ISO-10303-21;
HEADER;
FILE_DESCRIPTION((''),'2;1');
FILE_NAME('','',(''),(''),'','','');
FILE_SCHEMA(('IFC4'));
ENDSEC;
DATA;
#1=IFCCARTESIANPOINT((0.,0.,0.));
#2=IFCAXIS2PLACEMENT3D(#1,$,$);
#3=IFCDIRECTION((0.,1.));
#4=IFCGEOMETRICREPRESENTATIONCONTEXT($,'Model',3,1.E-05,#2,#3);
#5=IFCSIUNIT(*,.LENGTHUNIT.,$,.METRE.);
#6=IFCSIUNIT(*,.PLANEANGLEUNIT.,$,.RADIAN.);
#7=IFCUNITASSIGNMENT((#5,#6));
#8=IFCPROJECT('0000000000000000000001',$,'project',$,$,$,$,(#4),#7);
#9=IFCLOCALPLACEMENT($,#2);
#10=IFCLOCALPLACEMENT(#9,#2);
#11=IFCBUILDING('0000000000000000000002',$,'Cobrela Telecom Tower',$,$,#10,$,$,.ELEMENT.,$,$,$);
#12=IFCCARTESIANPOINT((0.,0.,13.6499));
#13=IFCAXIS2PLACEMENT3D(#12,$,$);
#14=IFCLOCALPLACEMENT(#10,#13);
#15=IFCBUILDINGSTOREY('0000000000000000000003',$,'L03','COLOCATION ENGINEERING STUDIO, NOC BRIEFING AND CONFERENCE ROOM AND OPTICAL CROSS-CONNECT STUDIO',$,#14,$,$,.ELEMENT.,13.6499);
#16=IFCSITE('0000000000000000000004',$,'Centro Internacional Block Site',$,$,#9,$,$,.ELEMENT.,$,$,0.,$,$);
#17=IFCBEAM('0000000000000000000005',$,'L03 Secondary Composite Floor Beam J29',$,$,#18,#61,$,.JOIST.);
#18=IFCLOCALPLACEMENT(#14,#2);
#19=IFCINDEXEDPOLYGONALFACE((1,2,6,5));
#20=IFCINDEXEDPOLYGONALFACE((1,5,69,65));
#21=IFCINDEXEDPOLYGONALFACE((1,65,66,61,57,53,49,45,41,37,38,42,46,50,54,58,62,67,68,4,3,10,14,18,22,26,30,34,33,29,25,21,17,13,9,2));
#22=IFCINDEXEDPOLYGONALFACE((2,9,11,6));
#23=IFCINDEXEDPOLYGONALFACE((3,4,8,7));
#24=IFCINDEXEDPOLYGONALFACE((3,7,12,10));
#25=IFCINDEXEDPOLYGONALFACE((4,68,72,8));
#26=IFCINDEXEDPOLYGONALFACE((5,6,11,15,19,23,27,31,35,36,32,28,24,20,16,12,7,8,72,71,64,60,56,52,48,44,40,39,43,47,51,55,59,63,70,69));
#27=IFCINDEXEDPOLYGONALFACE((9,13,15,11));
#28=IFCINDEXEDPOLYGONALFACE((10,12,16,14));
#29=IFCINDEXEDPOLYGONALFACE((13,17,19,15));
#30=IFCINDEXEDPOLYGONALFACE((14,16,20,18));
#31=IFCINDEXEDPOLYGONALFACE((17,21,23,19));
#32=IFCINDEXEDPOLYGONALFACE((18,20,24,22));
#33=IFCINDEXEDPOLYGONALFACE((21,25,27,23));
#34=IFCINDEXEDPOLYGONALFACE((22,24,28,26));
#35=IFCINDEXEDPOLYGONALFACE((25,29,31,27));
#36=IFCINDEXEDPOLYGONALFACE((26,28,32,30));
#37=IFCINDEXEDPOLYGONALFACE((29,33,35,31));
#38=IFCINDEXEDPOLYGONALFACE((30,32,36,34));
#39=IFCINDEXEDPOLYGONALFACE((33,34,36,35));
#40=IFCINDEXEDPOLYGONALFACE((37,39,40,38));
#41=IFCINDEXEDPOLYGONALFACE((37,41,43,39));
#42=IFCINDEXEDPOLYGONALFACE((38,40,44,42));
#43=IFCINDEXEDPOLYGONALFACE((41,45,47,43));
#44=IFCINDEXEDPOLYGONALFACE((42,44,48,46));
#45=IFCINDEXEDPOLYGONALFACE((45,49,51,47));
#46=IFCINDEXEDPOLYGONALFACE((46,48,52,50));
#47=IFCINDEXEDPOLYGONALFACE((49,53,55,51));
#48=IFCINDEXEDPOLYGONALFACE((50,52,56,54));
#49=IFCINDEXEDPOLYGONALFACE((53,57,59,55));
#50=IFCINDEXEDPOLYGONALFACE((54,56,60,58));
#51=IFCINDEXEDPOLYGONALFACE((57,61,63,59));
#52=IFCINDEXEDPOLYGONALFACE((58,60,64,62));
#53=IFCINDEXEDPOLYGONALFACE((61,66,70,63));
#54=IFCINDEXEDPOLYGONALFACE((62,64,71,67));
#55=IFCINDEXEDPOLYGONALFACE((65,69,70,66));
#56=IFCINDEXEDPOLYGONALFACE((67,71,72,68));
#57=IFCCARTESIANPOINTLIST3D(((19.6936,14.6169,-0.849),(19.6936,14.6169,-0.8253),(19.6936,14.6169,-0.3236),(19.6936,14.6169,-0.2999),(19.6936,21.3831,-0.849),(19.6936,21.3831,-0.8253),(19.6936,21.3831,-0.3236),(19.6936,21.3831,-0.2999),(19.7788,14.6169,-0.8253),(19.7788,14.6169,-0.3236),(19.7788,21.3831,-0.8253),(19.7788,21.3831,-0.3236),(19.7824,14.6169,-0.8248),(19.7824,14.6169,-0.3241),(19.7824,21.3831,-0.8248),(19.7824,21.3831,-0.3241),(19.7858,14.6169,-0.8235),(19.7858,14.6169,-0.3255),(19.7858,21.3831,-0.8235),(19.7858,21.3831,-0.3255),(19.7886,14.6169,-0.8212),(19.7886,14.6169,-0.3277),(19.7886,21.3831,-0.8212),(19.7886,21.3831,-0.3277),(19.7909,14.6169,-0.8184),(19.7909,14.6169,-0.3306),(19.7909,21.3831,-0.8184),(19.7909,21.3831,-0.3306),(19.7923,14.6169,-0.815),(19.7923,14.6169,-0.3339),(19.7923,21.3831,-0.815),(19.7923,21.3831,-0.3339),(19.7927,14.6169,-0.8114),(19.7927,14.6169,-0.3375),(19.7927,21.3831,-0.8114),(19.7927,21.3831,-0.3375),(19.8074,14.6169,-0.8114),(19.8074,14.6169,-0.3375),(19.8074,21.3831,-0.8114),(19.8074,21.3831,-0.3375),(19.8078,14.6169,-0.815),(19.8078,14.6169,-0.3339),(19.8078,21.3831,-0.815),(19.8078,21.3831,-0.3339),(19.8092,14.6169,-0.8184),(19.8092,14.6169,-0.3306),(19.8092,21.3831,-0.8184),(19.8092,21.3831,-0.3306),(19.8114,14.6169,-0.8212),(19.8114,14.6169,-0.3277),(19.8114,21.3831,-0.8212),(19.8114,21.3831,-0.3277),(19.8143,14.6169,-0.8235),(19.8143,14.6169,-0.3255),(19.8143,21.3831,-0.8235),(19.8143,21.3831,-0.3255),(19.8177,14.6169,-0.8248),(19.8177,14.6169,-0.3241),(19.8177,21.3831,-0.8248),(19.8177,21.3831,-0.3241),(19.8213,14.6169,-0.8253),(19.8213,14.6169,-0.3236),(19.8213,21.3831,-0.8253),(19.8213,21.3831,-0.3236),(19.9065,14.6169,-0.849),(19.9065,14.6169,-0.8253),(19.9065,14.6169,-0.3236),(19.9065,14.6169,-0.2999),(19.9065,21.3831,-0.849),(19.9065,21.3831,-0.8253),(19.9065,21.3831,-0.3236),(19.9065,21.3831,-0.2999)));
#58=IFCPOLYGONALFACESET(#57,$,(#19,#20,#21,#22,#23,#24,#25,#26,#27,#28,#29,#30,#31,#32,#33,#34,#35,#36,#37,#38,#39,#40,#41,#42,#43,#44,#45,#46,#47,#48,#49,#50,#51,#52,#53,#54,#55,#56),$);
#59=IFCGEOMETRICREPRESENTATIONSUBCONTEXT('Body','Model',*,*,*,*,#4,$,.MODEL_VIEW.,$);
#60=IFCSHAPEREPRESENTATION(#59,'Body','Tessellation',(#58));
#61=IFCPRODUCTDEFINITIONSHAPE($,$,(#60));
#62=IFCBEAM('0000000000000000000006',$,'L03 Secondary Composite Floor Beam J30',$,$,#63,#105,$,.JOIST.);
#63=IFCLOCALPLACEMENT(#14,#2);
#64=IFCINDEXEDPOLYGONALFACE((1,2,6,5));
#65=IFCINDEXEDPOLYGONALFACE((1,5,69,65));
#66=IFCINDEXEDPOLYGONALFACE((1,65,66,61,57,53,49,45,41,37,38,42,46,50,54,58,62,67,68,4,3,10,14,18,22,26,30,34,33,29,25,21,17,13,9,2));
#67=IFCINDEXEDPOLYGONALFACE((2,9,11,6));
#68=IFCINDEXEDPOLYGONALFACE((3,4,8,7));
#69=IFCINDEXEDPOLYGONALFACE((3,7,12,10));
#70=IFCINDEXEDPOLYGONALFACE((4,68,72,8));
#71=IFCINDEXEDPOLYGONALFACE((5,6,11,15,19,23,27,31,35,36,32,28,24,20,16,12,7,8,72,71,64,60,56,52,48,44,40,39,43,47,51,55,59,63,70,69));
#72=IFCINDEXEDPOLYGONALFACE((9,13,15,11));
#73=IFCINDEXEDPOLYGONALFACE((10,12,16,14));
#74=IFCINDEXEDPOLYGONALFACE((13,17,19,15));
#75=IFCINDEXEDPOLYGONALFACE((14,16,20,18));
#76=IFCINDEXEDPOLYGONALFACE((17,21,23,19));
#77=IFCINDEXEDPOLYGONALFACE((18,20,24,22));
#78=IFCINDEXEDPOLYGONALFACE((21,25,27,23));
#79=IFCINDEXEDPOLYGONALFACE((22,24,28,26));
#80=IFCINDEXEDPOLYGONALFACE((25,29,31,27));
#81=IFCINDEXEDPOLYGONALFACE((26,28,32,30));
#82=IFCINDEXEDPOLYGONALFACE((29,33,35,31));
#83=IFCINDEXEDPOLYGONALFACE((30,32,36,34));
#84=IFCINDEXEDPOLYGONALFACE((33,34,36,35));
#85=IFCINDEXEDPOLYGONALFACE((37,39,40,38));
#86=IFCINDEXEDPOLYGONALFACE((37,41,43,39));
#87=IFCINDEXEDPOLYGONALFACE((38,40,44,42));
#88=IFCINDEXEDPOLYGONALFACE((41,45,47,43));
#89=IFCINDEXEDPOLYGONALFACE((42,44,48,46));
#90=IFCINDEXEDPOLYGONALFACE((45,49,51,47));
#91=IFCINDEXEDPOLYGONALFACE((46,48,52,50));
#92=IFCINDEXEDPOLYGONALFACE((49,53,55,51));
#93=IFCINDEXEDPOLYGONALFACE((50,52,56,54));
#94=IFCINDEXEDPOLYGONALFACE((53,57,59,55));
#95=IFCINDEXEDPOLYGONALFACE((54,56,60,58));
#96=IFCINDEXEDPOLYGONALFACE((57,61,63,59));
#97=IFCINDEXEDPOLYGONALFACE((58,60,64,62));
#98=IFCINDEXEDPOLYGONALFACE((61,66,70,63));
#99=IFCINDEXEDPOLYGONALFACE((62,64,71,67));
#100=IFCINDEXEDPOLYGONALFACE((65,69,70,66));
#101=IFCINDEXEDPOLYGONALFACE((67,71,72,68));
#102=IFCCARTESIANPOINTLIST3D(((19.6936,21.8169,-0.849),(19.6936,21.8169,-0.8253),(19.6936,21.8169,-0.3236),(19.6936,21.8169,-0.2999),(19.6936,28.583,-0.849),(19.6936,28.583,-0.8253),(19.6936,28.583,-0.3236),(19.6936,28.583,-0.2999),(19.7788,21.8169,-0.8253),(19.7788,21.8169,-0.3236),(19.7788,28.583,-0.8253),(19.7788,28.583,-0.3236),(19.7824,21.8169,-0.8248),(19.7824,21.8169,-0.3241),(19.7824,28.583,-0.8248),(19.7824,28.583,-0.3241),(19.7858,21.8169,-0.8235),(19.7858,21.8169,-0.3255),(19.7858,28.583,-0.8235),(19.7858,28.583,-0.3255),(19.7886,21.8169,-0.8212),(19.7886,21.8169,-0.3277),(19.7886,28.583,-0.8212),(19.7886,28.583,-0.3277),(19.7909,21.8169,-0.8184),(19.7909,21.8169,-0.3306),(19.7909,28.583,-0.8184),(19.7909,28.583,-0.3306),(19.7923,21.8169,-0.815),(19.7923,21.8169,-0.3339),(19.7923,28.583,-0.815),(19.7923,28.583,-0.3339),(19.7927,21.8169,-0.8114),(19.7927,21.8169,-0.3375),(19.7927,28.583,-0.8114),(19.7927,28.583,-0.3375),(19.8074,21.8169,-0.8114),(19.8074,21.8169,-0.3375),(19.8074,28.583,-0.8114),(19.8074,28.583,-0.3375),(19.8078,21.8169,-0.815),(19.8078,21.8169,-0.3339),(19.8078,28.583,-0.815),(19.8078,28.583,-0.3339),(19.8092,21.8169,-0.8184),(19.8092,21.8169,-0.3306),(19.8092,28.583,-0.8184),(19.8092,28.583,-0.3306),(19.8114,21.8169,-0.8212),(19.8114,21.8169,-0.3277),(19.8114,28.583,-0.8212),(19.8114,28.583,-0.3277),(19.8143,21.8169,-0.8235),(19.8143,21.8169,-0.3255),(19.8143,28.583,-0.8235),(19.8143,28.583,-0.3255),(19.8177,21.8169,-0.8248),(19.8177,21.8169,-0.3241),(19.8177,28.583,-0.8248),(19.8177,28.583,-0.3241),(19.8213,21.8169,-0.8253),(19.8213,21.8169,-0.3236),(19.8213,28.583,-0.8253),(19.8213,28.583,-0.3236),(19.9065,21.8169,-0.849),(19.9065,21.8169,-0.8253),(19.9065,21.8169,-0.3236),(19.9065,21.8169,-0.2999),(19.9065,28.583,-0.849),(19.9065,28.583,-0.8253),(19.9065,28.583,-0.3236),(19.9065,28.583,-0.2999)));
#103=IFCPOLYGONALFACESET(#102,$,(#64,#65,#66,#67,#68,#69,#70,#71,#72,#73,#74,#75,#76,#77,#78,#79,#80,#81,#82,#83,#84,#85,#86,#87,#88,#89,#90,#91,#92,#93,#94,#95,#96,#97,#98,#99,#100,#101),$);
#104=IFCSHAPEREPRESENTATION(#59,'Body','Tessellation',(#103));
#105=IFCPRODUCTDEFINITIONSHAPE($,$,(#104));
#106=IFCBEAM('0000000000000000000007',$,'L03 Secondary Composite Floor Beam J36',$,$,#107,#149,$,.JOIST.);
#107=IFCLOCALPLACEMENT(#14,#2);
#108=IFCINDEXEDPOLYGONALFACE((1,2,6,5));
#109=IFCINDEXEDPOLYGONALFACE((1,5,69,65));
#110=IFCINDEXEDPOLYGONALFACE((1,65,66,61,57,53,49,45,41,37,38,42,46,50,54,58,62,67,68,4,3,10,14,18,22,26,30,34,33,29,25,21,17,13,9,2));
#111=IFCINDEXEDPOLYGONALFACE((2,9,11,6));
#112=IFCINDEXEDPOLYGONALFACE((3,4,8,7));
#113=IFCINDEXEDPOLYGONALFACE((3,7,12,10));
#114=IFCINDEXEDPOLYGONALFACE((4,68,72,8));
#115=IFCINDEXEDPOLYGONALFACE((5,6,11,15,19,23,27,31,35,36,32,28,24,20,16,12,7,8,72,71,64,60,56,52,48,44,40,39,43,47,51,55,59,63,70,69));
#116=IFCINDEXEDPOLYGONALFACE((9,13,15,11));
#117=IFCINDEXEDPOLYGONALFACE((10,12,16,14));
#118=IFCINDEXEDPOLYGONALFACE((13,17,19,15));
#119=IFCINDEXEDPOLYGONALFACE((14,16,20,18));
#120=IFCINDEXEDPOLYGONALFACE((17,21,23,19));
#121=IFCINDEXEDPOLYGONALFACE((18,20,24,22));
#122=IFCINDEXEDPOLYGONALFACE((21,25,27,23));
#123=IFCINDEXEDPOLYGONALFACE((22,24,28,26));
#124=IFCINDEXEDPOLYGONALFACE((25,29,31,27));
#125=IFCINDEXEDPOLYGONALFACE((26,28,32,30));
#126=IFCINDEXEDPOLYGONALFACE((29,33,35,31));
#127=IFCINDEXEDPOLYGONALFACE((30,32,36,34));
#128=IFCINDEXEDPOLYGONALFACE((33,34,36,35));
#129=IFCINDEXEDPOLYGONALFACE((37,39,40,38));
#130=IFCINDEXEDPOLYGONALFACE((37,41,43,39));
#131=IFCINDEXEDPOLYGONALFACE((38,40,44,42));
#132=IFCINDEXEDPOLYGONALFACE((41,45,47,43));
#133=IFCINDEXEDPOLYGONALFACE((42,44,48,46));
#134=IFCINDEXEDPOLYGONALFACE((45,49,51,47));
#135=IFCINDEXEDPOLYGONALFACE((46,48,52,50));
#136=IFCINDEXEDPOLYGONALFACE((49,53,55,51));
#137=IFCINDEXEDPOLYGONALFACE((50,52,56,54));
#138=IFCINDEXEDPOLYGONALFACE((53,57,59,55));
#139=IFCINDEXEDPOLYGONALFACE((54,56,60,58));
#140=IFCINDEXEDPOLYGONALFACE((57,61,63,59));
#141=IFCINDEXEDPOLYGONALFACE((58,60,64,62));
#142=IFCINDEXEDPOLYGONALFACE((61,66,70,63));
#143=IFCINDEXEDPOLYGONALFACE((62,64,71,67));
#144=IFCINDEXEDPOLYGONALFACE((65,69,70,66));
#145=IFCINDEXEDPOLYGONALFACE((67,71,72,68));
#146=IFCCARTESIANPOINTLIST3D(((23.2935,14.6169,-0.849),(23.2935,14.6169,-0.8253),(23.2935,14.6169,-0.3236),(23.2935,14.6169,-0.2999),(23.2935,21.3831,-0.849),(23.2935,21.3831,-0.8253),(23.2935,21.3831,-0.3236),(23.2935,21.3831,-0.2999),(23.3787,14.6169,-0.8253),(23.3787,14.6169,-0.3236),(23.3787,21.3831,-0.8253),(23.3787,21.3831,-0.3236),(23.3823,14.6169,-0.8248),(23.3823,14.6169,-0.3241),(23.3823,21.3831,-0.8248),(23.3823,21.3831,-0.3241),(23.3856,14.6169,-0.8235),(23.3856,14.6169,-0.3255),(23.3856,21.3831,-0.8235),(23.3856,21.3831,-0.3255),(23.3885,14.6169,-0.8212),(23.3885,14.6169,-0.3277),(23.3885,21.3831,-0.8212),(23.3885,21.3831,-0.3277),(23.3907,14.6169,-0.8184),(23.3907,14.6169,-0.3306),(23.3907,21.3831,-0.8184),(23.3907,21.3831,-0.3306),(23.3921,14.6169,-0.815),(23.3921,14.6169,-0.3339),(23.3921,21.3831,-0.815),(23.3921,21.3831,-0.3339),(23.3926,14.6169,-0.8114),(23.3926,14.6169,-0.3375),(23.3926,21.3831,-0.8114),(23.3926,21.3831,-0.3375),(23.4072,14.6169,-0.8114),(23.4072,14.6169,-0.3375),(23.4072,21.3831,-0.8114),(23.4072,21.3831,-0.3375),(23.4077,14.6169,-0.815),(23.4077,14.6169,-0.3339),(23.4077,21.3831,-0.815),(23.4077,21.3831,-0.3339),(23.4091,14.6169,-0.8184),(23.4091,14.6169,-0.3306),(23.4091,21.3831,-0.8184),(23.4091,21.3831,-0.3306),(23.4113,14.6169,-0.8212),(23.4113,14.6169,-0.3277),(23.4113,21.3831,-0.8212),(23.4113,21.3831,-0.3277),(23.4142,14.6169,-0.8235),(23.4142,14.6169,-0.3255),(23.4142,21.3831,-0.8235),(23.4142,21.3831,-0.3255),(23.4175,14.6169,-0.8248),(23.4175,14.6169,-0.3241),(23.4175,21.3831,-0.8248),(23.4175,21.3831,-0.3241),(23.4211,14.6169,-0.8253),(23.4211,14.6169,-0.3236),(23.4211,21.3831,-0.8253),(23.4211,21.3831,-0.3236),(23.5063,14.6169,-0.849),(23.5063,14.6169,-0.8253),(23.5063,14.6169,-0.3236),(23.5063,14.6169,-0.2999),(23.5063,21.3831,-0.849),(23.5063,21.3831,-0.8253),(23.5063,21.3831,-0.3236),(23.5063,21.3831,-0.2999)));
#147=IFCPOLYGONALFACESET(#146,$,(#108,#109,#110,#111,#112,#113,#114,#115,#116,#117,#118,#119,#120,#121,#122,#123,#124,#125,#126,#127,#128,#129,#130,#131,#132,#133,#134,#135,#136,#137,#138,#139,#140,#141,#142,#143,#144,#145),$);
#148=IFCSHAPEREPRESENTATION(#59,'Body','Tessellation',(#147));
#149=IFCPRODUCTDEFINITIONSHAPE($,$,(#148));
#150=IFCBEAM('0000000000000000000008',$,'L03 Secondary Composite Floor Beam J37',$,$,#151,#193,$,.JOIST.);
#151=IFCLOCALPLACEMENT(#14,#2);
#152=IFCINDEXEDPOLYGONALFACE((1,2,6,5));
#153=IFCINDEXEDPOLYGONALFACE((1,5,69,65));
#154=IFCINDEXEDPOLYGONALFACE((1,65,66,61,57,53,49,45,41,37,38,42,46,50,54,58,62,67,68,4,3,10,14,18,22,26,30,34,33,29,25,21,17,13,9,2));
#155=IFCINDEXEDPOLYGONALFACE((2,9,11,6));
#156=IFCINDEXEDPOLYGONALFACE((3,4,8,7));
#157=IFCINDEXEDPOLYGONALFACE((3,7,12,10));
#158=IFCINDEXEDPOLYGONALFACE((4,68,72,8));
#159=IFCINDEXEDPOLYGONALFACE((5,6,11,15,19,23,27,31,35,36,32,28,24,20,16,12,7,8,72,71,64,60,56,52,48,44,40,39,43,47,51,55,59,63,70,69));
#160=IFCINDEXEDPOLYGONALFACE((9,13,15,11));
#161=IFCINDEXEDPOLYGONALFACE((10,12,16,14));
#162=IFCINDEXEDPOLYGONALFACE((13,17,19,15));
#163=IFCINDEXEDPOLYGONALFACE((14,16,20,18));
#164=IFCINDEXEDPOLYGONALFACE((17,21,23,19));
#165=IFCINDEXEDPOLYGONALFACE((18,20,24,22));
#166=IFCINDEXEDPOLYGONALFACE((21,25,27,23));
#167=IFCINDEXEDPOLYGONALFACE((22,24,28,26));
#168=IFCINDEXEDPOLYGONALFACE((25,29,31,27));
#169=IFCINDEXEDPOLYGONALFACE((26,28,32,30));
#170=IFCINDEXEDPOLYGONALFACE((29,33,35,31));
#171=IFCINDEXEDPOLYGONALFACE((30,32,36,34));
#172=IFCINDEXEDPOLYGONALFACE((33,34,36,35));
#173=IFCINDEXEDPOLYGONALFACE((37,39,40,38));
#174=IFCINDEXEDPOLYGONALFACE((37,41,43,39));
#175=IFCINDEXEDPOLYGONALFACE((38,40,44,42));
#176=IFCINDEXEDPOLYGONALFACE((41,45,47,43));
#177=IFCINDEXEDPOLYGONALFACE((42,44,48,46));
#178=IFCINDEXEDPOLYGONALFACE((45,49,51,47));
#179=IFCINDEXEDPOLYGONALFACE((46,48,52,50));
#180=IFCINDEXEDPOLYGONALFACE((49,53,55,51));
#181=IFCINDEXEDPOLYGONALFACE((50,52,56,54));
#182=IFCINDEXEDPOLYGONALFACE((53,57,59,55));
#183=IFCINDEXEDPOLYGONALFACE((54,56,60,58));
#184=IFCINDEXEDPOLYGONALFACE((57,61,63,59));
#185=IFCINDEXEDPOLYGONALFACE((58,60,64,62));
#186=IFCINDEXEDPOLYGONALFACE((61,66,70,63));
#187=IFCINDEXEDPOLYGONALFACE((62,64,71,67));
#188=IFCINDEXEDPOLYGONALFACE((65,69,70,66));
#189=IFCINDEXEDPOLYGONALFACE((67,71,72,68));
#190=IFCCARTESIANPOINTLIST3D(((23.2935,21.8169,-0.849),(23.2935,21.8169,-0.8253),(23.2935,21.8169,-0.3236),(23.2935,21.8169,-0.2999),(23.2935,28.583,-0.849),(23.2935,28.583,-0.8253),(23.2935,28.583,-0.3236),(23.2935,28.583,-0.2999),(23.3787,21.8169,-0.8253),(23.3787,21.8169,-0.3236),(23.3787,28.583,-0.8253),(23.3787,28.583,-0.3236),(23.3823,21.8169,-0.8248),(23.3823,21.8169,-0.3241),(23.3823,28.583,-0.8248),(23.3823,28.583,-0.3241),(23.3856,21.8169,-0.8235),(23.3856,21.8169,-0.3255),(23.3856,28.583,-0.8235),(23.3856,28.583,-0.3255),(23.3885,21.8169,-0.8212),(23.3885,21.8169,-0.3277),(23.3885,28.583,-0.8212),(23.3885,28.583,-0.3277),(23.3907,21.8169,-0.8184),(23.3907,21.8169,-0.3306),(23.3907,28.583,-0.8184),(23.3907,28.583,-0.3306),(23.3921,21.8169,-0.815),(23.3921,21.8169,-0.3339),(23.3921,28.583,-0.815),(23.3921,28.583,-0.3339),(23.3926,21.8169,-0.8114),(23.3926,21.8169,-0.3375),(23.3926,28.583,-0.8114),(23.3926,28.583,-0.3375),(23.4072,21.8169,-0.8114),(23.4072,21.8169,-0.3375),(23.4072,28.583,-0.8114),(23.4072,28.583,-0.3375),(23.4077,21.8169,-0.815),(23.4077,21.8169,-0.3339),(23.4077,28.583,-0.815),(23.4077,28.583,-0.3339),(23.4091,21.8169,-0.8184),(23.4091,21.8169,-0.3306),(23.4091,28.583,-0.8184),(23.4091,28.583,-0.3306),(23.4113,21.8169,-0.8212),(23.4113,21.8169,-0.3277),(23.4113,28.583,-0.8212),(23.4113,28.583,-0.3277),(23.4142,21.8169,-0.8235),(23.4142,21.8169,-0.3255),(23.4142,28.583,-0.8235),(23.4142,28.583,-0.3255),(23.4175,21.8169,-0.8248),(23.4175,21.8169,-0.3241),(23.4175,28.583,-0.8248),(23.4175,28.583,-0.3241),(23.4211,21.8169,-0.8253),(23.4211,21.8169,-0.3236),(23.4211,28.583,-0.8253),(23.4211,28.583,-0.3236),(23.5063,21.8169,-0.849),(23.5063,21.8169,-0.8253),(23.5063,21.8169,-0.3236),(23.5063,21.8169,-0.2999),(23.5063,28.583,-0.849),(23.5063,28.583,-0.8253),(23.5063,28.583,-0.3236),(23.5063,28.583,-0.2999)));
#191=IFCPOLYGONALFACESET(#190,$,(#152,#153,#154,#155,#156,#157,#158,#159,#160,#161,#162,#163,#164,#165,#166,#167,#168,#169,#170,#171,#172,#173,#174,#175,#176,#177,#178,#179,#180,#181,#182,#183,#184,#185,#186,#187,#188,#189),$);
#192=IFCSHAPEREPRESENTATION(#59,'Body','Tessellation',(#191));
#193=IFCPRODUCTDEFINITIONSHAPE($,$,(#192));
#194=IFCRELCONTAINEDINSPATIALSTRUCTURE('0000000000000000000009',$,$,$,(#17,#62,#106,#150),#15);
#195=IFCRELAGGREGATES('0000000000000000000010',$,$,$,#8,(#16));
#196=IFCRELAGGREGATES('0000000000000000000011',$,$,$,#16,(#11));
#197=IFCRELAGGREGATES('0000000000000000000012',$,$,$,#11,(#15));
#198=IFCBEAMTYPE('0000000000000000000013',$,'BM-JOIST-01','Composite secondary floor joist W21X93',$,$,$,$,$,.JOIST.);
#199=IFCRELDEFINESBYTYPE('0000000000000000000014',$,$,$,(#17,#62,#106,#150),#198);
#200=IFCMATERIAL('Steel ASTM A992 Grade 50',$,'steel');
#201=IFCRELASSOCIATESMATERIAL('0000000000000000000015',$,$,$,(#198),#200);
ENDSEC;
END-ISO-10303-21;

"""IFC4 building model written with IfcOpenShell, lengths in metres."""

from ifc_helpers import new_model, si_unit, direction, frame, origin, origin_2d, place, context, subcontext, project, spatial, i_section, extrude, material, material_profile, profile_set, type_object, element, save


model = new_model("IFC4")

# Units and contexts
model_context = context("Model", 3, precision=1e-05, world=origin(), true_north=direction((0.0, 1.0)))
body_context = subcontext(model_context, "Body", "Model", "MODEL_VIEW")
ifc_project = project(units=[si_unit("LENGTHUNIT", "METRE"), si_unit("PLANEANGLEUNIT", "RADIAN")], contexts=[model_context])

# Site, building, storey
site_placement = place(None, origin())
site = spatial("IfcSite", under=ifc_project, at=site_placement, Name="Centro Internacional Block Site", CompositionType="ELEMENT", RefElevation=0.0)
building_placement = place(site_placement, origin())
building = spatial("IfcBuilding", under=site, at=building_placement, Name="Cobrela Telecom Tower", CompositionType="ELEMENT")
storey_placement = place(building_placement, frame((0.0, 0.0, 13.6499)))
storey = spatial("IfcBuildingStorey", under=building, at=storey_placement, Name="L03", Description="COLOCATION ENGINEERING STUDIO, NOC BRIEFING AND CONFERENCE ROOM AND OPTICAL CROSS-CONNECT STUDIO", CompositionType="ELEMENT", Elevation=13.6499)

# Beams
ifc_material_1 = material(Name="Steel ASTM A992 Grade 50", Category="steel")
ifc_material_profile = material_profile(ifc_material_1, i_section(OverallWidth=0.2129, OverallDepth=0.5491, WebThickness=0.0146, FlangeThickness=0.0237, FilletRadius=0.0139, at=origin_2d()), Name="W21X93")
ifc_profile_set = profile_set([ifc_material_profile], Name="Steel ASTM A992 Grade 50")
beam_type = type_object("IfcBeamType", Name="BM-JOIST-01", Description="Composite secondary floor joist W21X93", PredefinedType="JOIST", material=ifc_profile_set)
for number, where, z_axis, x_axis, name in (
    (1, (19.8, 14.6169, -0.5745), (0.0, 1.0, 0.0), (-1.0, 0.0, 0.0), "L03 Secondary Composite Floor Beam J29"),
    (2, (19.8, 21.8169, -0.5745), (0.0, 1.0, 0.0), (-1.0, 0.0, 0.0), "L03 Secondary Composite Floor Beam J30"),
    (3, (23.3999, 14.6169, -0.5745), (0.0, 1.0, 0.0), (-1.0, 0.0, 0.0), "L03 Secondary Composite Floor Beam J36"),
    (4, (23.3999, 21.8169, -0.5745), (0.0, 1.0, 0.0), (-1.0, 0.0, 0.0), "L03 Secondary Composite Floor Beam J37"),
):
    element("IfcBeam", number, at=place(storey_placement, frame(where, z_axis=z_axis, x_axis=x_axis)), inside=storey, type_object=beam_type, Name=name, PredefinedType="JOIST", context=body_context, shape_type="SweptSolid", body=[
        extrude(i_section(OverallWidth=0.2129, OverallDepth=0.5491, WebThickness=0.0146, FlangeThickness=0.0237, FilletRadius=0.0139, at=origin_2d()), origin(), (0.0, 0.0, 1.0), 6.7661),
    ])

save(model, "model.ifc")
